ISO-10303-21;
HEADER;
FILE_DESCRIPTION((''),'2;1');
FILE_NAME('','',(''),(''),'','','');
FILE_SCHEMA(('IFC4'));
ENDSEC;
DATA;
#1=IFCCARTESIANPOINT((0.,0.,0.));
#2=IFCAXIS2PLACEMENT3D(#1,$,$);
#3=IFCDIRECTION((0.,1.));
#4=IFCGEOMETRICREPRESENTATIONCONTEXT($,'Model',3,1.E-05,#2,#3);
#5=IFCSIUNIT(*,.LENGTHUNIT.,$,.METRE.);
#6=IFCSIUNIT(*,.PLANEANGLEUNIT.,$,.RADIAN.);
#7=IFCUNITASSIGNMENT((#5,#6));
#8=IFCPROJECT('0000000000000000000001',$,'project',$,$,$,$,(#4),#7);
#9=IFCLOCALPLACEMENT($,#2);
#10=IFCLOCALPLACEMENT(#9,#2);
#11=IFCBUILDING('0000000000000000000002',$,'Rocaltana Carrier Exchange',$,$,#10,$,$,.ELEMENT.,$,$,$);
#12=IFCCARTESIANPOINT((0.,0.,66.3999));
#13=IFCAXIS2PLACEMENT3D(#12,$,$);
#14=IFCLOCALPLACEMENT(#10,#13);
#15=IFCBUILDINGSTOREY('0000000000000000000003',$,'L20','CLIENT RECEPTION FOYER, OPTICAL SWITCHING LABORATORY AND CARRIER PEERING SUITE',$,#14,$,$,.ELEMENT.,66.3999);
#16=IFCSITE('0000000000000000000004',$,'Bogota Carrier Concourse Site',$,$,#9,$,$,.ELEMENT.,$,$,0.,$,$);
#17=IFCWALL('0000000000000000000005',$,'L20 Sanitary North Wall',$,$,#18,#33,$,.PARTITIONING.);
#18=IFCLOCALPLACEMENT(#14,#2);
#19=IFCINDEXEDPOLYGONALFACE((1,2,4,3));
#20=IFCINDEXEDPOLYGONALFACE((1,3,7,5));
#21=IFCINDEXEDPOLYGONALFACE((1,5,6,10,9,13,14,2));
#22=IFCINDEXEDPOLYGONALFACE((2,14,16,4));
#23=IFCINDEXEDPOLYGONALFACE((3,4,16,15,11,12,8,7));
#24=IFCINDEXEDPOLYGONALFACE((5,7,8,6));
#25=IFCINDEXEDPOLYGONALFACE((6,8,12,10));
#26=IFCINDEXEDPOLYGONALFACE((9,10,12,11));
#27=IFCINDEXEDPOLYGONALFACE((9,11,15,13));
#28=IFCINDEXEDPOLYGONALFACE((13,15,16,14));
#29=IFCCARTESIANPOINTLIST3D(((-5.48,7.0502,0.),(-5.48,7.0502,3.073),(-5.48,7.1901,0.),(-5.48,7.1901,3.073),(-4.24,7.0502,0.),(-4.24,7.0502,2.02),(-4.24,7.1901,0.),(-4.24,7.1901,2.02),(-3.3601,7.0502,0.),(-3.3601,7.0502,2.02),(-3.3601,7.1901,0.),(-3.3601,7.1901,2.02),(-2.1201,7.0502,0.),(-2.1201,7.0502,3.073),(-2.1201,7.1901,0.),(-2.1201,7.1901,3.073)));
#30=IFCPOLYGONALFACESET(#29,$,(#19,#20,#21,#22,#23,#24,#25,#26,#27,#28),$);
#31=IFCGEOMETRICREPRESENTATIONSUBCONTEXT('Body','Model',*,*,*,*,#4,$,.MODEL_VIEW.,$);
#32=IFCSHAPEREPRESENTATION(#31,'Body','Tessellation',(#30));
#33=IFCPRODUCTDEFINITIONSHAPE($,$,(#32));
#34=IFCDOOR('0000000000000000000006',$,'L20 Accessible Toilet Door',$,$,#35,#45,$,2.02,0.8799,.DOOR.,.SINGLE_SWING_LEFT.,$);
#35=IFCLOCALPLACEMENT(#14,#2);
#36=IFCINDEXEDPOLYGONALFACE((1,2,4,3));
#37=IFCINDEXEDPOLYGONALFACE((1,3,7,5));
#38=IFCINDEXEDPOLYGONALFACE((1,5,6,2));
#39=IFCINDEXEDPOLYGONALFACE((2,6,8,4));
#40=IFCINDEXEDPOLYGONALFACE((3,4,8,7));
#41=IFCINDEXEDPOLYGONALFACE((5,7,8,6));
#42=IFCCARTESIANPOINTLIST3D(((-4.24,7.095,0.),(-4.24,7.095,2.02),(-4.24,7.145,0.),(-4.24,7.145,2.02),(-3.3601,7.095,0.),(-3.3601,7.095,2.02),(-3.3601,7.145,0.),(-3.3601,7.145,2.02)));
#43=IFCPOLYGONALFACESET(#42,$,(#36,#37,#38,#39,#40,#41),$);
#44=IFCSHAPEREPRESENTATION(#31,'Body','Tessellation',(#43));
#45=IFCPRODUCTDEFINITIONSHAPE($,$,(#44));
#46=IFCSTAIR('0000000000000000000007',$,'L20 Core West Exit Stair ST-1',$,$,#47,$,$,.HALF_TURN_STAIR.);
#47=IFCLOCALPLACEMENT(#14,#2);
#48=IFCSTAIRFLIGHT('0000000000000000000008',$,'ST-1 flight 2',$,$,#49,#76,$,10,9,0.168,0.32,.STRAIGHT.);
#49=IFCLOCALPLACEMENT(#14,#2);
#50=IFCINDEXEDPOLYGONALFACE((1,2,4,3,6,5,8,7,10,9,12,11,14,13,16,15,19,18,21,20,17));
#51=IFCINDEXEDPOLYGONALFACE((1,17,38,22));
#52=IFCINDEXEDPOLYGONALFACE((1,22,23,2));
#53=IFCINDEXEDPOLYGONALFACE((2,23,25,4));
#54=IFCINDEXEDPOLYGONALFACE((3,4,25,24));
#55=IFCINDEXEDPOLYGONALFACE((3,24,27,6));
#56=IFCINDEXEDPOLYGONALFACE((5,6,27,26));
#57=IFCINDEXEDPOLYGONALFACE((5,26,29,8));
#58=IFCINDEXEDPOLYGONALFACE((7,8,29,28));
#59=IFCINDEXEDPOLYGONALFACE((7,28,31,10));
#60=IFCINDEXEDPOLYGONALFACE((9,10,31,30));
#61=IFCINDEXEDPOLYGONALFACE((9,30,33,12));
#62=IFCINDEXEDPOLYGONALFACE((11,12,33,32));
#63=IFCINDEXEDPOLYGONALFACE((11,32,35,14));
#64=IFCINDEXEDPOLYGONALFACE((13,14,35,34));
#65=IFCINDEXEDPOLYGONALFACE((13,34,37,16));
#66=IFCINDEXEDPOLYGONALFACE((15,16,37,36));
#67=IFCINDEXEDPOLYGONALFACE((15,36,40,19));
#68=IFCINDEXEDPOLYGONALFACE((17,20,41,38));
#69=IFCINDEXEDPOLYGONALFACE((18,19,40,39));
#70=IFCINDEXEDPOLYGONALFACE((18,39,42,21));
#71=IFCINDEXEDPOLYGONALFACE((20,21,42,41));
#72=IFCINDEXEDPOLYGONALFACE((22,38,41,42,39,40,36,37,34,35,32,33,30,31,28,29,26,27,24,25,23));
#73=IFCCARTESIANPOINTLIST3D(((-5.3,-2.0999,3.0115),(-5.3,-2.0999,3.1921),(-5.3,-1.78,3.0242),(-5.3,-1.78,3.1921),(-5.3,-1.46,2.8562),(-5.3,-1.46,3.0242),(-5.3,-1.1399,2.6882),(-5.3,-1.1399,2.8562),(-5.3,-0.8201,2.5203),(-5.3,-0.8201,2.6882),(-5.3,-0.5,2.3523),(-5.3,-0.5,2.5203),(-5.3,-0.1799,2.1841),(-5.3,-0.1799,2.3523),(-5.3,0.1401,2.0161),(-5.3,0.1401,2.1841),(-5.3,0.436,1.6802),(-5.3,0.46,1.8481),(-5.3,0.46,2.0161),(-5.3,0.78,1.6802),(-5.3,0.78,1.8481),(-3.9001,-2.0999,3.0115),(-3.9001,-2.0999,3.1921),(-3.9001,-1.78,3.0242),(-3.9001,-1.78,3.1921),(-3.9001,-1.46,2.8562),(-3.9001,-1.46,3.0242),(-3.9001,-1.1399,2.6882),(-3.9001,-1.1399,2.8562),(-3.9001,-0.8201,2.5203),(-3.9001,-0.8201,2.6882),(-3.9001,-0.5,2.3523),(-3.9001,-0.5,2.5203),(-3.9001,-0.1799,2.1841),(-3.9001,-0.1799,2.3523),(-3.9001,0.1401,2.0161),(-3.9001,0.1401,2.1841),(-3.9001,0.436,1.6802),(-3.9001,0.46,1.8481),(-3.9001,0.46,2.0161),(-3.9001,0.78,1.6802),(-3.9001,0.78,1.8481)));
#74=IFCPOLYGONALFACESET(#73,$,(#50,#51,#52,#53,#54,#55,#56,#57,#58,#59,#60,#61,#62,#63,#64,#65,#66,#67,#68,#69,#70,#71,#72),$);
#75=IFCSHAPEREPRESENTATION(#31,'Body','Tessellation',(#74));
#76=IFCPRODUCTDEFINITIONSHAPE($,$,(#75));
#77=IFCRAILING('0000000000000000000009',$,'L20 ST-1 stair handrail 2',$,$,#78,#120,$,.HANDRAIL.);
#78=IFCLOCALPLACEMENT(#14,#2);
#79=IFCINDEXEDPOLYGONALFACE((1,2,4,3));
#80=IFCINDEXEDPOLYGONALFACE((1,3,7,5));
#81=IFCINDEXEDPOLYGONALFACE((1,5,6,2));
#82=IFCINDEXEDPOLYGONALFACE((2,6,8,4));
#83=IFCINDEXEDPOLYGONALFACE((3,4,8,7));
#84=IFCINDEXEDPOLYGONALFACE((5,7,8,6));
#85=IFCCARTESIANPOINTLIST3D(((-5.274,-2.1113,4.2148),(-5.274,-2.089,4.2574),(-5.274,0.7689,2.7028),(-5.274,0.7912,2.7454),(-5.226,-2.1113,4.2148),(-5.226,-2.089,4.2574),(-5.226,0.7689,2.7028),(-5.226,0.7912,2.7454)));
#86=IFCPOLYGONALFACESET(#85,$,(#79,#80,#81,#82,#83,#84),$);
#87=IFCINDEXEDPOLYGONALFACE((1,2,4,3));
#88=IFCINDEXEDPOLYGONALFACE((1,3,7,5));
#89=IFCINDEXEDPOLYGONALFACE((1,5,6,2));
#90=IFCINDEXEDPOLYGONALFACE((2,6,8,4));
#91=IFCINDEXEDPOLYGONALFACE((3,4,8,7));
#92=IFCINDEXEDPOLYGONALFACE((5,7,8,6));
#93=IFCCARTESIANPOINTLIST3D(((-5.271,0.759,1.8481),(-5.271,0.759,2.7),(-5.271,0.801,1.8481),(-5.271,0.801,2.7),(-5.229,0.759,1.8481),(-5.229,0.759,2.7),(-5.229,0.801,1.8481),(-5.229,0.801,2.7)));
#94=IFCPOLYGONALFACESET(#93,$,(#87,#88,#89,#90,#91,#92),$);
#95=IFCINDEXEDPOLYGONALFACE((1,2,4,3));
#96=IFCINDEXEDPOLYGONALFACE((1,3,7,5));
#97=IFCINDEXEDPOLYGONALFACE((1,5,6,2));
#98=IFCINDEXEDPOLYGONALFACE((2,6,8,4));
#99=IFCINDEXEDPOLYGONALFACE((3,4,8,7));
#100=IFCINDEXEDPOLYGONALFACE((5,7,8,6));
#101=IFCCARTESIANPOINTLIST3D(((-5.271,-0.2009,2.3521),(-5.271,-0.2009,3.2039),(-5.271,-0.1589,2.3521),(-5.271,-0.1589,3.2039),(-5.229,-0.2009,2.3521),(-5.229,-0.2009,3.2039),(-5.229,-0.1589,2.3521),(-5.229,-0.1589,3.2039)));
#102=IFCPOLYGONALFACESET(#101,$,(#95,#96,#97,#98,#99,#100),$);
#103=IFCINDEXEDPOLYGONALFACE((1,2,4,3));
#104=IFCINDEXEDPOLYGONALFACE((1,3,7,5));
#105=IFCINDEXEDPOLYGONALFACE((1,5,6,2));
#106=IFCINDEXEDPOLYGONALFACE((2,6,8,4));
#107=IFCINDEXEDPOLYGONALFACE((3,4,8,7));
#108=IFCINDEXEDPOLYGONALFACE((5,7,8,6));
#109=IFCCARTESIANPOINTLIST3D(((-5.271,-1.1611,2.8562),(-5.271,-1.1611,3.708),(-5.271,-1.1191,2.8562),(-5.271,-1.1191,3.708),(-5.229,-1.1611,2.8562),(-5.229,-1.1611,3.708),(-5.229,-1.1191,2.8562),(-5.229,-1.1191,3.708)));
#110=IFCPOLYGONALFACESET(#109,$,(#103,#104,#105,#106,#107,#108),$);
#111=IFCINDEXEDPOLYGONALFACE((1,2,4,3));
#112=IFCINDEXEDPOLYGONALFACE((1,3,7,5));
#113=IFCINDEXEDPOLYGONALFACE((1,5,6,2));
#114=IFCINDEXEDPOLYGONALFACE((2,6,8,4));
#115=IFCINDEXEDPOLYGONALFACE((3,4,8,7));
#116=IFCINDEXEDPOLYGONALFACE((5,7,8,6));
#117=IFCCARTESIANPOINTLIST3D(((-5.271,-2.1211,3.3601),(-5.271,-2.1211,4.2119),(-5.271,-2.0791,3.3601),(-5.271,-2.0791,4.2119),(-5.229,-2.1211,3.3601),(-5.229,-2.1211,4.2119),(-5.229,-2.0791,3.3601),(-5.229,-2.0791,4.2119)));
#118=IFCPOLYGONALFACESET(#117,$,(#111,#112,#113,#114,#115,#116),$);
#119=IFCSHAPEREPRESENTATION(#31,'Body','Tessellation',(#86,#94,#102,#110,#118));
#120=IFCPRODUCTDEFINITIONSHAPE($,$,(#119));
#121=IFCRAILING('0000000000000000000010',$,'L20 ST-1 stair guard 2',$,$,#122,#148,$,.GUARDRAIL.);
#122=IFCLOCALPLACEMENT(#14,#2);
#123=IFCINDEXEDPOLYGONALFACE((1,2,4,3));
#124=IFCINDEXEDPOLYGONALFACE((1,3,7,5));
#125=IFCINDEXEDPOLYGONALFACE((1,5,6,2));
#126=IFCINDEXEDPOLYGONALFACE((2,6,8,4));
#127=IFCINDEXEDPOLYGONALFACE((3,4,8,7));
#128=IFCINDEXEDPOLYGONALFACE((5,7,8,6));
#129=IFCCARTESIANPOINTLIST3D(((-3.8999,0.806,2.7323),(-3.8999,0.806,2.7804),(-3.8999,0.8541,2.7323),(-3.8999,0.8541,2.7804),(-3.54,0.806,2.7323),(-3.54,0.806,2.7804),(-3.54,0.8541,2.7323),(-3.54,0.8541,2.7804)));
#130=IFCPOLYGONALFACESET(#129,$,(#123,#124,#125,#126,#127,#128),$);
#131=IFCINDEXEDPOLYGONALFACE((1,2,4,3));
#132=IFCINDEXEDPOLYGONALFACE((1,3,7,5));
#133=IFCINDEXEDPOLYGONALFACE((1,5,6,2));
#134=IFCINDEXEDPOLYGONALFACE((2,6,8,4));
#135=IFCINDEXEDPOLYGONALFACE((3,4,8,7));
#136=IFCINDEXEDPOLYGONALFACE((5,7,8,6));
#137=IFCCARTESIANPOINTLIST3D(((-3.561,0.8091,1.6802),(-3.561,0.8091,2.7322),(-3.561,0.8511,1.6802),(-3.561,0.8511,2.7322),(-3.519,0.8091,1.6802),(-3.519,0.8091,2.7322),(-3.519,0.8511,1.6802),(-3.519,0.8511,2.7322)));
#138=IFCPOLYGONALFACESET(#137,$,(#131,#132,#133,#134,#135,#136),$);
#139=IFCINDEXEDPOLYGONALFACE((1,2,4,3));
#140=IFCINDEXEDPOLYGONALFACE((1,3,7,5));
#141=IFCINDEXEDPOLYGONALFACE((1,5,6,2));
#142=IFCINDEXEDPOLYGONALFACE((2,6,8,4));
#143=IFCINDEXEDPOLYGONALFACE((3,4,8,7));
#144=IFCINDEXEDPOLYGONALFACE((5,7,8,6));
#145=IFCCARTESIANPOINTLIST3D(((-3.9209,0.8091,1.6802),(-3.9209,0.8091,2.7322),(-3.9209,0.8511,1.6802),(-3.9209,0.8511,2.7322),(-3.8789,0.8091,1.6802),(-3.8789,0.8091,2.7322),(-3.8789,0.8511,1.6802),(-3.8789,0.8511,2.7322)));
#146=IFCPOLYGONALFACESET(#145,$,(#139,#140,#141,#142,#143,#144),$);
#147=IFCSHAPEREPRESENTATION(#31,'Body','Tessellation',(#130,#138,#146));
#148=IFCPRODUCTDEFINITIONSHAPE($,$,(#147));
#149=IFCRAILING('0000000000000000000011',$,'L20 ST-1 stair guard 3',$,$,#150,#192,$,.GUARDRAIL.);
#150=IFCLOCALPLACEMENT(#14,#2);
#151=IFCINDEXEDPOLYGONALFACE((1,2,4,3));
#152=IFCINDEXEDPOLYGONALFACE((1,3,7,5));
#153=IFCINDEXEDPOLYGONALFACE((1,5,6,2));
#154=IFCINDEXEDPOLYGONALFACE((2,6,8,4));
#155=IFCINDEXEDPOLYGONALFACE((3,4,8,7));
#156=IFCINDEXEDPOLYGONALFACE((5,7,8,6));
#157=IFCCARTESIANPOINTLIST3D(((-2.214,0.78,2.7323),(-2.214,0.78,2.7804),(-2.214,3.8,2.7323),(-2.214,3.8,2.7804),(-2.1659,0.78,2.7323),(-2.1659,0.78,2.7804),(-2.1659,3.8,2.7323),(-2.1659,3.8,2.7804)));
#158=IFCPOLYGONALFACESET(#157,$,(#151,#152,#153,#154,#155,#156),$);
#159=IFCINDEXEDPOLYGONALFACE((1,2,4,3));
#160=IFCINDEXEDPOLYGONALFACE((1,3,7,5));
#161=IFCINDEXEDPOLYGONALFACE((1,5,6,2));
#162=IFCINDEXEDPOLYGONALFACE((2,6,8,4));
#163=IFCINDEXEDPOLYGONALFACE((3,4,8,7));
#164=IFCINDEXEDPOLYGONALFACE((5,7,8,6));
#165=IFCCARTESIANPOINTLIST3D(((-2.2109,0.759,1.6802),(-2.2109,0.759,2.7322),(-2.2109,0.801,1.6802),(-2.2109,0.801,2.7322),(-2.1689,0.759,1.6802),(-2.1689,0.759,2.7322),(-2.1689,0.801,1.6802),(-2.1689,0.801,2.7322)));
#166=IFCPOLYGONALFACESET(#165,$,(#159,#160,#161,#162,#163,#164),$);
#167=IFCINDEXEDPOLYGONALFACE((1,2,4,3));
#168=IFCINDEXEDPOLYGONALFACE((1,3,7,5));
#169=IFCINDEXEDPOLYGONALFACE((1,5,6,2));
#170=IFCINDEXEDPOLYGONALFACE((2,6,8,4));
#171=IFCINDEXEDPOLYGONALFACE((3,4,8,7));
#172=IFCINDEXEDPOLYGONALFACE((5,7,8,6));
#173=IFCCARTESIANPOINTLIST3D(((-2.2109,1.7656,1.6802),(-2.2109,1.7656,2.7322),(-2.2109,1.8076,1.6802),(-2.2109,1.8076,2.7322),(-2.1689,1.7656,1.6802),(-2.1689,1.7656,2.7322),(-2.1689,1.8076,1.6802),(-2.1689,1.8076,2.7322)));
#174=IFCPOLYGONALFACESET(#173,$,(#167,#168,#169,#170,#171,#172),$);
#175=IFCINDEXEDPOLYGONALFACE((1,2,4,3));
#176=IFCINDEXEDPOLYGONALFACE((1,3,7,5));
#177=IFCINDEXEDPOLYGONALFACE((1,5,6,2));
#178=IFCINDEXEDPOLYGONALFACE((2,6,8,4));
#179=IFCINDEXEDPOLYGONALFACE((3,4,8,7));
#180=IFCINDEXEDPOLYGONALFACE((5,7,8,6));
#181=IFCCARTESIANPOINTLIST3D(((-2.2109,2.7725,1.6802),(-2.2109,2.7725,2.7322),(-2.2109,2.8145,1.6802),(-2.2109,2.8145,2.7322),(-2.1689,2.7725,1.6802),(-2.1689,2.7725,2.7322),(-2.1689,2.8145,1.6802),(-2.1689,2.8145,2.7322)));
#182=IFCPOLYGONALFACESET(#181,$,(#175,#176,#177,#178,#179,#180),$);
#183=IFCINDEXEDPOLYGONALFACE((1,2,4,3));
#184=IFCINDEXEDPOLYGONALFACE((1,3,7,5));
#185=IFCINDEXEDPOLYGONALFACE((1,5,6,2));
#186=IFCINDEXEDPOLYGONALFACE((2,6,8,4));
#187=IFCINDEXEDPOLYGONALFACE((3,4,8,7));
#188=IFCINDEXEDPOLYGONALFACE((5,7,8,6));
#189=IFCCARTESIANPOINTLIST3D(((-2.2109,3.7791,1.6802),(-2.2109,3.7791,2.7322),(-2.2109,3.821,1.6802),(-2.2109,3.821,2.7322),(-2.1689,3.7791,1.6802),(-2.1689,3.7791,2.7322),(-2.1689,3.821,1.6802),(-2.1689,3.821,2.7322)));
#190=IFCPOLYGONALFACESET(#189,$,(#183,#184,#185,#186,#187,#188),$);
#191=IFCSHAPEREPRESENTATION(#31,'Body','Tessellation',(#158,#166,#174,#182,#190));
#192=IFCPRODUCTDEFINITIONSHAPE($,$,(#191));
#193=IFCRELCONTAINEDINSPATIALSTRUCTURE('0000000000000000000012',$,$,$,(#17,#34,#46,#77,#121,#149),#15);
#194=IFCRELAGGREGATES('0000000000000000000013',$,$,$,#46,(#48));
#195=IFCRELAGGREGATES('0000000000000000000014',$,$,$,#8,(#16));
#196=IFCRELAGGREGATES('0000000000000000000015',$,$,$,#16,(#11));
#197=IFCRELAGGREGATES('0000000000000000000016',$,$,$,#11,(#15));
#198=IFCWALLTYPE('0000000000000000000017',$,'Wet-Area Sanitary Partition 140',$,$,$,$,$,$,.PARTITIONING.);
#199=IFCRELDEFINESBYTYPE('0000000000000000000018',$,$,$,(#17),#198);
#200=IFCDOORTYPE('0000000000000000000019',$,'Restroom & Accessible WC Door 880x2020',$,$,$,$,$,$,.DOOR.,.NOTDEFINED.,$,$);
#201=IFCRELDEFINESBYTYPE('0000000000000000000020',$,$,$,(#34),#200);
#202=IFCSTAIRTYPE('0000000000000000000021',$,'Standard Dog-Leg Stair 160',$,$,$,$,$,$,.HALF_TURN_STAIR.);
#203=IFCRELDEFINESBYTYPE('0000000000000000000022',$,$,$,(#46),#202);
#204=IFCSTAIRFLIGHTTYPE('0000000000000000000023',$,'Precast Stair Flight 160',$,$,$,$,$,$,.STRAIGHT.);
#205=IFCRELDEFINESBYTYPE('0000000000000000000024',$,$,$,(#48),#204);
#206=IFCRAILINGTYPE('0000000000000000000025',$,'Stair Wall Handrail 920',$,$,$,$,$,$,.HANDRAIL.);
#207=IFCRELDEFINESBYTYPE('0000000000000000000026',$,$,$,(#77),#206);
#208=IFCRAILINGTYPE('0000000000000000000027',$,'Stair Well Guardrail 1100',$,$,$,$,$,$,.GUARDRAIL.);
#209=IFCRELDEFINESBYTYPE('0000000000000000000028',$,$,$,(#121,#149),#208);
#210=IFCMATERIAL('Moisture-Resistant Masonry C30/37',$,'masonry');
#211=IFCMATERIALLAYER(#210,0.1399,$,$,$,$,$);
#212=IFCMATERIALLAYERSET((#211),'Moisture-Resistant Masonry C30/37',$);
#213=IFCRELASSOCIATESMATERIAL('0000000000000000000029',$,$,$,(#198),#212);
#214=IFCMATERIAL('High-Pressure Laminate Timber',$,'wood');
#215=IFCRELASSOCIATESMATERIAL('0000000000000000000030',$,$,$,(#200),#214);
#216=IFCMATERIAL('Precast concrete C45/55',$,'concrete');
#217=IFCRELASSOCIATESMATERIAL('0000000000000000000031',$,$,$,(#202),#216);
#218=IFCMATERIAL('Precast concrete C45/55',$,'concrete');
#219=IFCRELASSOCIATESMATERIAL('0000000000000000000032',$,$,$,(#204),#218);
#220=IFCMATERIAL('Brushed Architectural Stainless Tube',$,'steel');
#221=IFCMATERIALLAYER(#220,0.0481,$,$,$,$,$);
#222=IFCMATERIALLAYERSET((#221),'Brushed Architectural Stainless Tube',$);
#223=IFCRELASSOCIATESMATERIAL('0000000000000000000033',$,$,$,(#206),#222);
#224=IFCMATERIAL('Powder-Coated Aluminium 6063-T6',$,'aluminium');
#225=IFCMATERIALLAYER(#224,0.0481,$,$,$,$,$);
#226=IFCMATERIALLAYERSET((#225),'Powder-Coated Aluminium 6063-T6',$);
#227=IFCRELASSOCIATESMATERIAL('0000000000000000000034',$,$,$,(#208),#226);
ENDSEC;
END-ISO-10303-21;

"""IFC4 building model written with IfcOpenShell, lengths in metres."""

from ifc_helpers import new_model, si_unit, direction, frame, frame_2d, origin, origin_2d, place, context, subcontext, project, spatial, polyline, rectangle, outline, extrude, material, layer, layer_set, type_object, element, fill, aggregate, save


model = new_model("IFC4")

# Units and contexts
model_context = context("Model", 3, precision=1e-05, world=origin(), true_north=direction((0.0, 1.0)))
body_context = subcontext(model_context, "Body", "Model", "MODEL_VIEW")
ifc_project = project(units=[si_unit("LENGTHUNIT", "METRE"), si_unit("PLANEANGLEUNIT", "RADIAN")], contexts=[model_context])

# Site, building, storey
site_placement = place(None, origin())
site = spatial("IfcSite", under=ifc_project, at=site_placement, Name="Bogota Carrier Concourse Site", CompositionType="ELEMENT", RefElevation=0.0)
building_placement = place(site_placement, origin())
building = spatial("IfcBuilding", under=site, at=building_placement, Name="Rocaltana Carrier Exchange", CompositionType="ELEMENT")
storey_placement = place(building_placement, frame((0.0, 0.0, 66.3999)))
storey = spatial("IfcBuildingStorey", under=building, at=storey_placement, Name="L20", Description="CLIENT RECEPTION FOYER, OPTICAL SWITCHING LABORATORY AND CARRIER PEERING SUITE", CompositionType="ELEMENT", Elevation=66.3999)

# Shared definitions
ifc_material_1 = material(Name="Moisture-Resistant Masonry C30/37", Category="masonry")
ifc_layer_1 = layer(ifc_material_1, 0.1399)
ifc_layer_set_1 = layer_set([ifc_layer_1], Name="Moisture-Resistant Masonry C30/37")
wall_type_1 = type_object("IfcWallType", Name="Wet-Area Sanitary Partition 140", PredefinedType="PARTITIONING", material=ifc_layer_set_1)

# Wall, opening, door
wall_1_placement = place(storey_placement, frame((-5.48, 7.1201, 0.0), z_axis=(0.0, 0.0, 1.0), x_axis=(1.0, 0.0, 0.0)))
wall_1 = element("IfcWall", 1, at=wall_1_placement, inside=storey, type_object=wall_type_1, Name="L20 Sanitary North Wall", PredefinedType="PARTITIONING", context=body_context, shape_type="SweptSolid", body=[
    extrude(rectangle(XDim=3.3599, YDim=0.1399, at=frame_2d((1.6799, 0.0))), origin(), (0.0, 0.0, 1.0), 3.073),
])
opening_placement = place(wall_1_placement, frame((1.24, 0.0, 0.0)))
opening = element("IfcOpeningElement", 2, at=opening_placement, cuts=wall_1, PredefinedType="OPENING", context=body_context, shape_type="SweptSolid", body=[
    extrude(rectangle(XDim=0.8799, YDim=2.02, at=frame_2d((0.4399, 1.01))), frame((0.0, 0.0798, 0.0), z_axis=(0.0, -1.0, 0.0), x_axis=(1.0, 0.0, 0.0)), (0.0, 0.0, 1.0), 0.1599),
])
ifc_material_2 = material(Name="High-Pressure Laminate Timber", Category="wood")
door_type = type_object("IfcDoorType", Name="Restroom & Accessible WC Door 880x2020", OperationType="NOTDEFINED", PredefinedType="DOOR", material=ifc_material_2)
door_placement = place(opening_placement, origin())
door = element("IfcDoor", 3, at=door_placement, inside=storey, type_object=door_type, Name="L20 Accessible Toilet Door", OperationType="SINGLE_SWING_LEFT", OverallHeight=2.02, OverallWidth=0.8799, PredefinedType="DOOR", context=body_context, shape_type="SweptSolid", body=[
    extrude(rectangle(XDim=0.8799, YDim=2.02, at=frame_2d((0.4399, 1.01))), frame((0.0, 0.0249, 0.0), z_axis=(0.0, -1.0, 0.0), x_axis=(1.0, 0.0, 0.0)), (0.0, 0.0, 1.0), 0.05),
])
fill(opening, door)

# Stair, stair flight
ifc_material_3 = material(Name="Precast concrete C45/55", Category="concrete")
stair_type = type_object("IfcStairType", Name="Standard Dog-Leg Stair 160", PredefinedType="HALF_TURN_STAIR", material=ifc_material_3)
stair_placement = place(storey_placement, origin())
stair = element("IfcStair", 4, at=stair_placement, inside=storey, type_object=stair_type, Name="L20 Core West Exit Stair ST-1", PredefinedType="HALF_TURN_STAIR")
ifc_material_4 = material(Name="Precast concrete C45/55", Category="concrete")
stair_flight_type = type_object("IfcStairFlightType", Name="Precast Stair Flight 160", PredefinedType="STRAIGHT", material=ifc_material_4)
stair_flight_placement = place(storey_placement, frame((-4.6001, 0.78, 1.6802), z_axis=(0.0, 0.0, 1.0), x_axis=(0.0, -1.0, 0.0)))
stair_flight = element("IfcStairFlight", 5, at=stair_flight_placement, type_object=stair_flight_type, Name="ST-1 flight 2", NumberOfRisers=10, NumberOfTreads=9, PredefinedType="STRAIGHT", RiserHeight=0.168, TreadLength=0.32, context=body_context, shape_type="SweptSolid", body=[
    extrude(outline(polyline([(0.0, 0.0), (0.0, 0.168), (0.3201, 0.168), (0.3201, 0.3359), (0.6399, 0.3359), (0.6399, 0.5039), (0.96, 0.5039), (0.96, 0.6721), (1.28, 0.6721), (1.28, 0.8401), (1.6001, 0.8401), (1.6001, 1.0081), (1.9199, 1.0081), (1.9199, 1.176), (2.24, 1.176), (2.24, 1.344), (2.5601, 1.344), (2.5601, 1.512), (2.8799, 1.512), (2.8799, 1.6799), (2.8799, 1.3313), (0.344, 0.0), (0.0, 0.0)])), frame((0.0, 0.7, 0.0), z_axis=(0.0, -1.0, 0.0), x_axis=(1.0, 0.0, 0.0)), (0.0, 0.0, 1.0), 1.3999),
])
aggregate(stair, [stair_flight])

# Railings
ifc_material_5 = material(Name="Brushed Architectural Stainless Tube", Category="steel")
ifc_layer_2 = layer(ifc_material_5, 0.0481)
ifc_layer_set_2 = layer_set([ifc_layer_2], Name="Brushed Architectural Stainless Tube")
railing_type_1 = type_object("IfcRailingType", Name="Stair Wall Handrail 920", PredefinedType="HANDRAIL", material=ifc_layer_set_2)
railing_1_placement = place(storey_placement, frame((-5.25, 0.78, 1.8481)))
element("IfcRailing", 6, at=railing_1_placement, inside=storey, type_object=railing_type_1, Name="L20 ST-1 stair handrail 2", PredefinedType="HANDRAIL", context=body_context, shape_type="SweptSolid", body=[
    extrude(rectangle(XDim=0.0481, YDim=0.0481, at=origin_2d()), frame((0.0, 0.0, 0.876), z_axis=(0.0, -0.885411, 0.464809), x_axis=(1.0, 0.0, 0.0)), (0.0, 0.0, 1.0), 3.2529),
    extrude(rectangle(XDim=0.042, YDim=0.042, at=origin_2d()), origin(), (0.0, 0.0, 1.0), 0.8518),
    extrude(rectangle(XDim=0.042, YDim=0.042, at=origin_2d()), frame((0.0, -0.96, 0.5039)), (0.0, 0.0, 1.0), 0.8518),
    extrude(rectangle(XDim=0.042, YDim=0.042, at=origin_2d()), frame((0.0, -1.9202, 1.0081)), (0.0, 0.0, 1.0), 0.8518),
    extrude(rectangle(XDim=0.042, YDim=0.042, at=origin_2d()), frame((0.0, -2.8801, 1.512)), (0.0, 0.0, 1.0), 0.8518),
])
ifc_material_6 = material(Name="Powder-Coated Aluminium 6063-T6", Category="aluminium")
ifc_layer_3 = layer(ifc_material_6, 0.0481)
ifc_layer_set_3 = layer_set([ifc_layer_3], Name="Powder-Coated Aluminium 6063-T6")
railing_type_2 = type_object("IfcRailingType", Name="Stair Well Guardrail 1100", PredefinedType="GUARDRAIL", material=ifc_layer_set_3)
railing_2_placement = place(storey_placement, frame((-3.54, 0.8301, 1.6802)))
element("IfcRailing", 7, at=railing_2_placement, inside=storey, type_object=railing_type_2, Name="L20 ST-1 stair guard 2", PredefinedType="GUARDRAIL", context=body_context, shape_type="SweptSolid", body=[
    extrude(rectangle(XDim=0.0481, YDim=0.0481, at=origin_2d()), frame((0.0, 0.0, 1.0762), z_axis=(-1.0, 0.0, 0.0), x_axis=(0.0, -1.0, 0.0)), (0.0, 0.0, 1.0), 0.3599),
    extrude(rectangle(XDim=0.042, YDim=0.042, at=origin_2d()), origin(), (0.0, 0.0, 1.0), 1.052),
    extrude(rectangle(XDim=0.042, YDim=0.042, at=origin_2d()), frame((-0.3599, 0.0, 0.0)), (0.0, 0.0, 1.0), 1.052),
])
for number, where, name in (
    (8, (-2.1899, 0.78, 1.6802), "L20 ST-1 stair guard 3"),
):
    element("IfcRailing", number, at=place(storey_placement, frame(where)), inside=storey, type_object=railing_type_2, Name=name, PredefinedType="GUARDRAIL", context=body_context, shape_type="SweptSolid", body=[
        extrude(rectangle(XDim=0.0481, YDim=0.0481, at=origin_2d()), frame((0.0, 0.0, 1.0762), z_axis=(0.0, 1.0, 0.0), x_axis=(-1.0, 0.0, 0.0)), (0.0, 0.0, 1.0), 3.02),
        extrude(rectangle(XDim=0.042, YDim=0.042, at=origin_2d()), origin(), (0.0, 0.0, 1.0), 1.052),
        extrude(rectangle(XDim=0.042, YDim=0.042, at=origin_2d()), frame((0.0, 1.0066, 0.0)), (0.0, 0.0, 1.0), 1.052),
        extrude(rectangle(XDim=0.042, YDim=0.042, at=origin_2d()), frame((0.0, 2.0134, 0.0)), (0.0, 0.0, 1.0), 1.052),
        extrude(rectangle(XDim=0.042, YDim=0.042, at=origin_2d()), frame((0.0, 3.02, 0.0)), (0.0, 0.0, 1.0), 1.052),
    ])

save(model, "model.ifc")
